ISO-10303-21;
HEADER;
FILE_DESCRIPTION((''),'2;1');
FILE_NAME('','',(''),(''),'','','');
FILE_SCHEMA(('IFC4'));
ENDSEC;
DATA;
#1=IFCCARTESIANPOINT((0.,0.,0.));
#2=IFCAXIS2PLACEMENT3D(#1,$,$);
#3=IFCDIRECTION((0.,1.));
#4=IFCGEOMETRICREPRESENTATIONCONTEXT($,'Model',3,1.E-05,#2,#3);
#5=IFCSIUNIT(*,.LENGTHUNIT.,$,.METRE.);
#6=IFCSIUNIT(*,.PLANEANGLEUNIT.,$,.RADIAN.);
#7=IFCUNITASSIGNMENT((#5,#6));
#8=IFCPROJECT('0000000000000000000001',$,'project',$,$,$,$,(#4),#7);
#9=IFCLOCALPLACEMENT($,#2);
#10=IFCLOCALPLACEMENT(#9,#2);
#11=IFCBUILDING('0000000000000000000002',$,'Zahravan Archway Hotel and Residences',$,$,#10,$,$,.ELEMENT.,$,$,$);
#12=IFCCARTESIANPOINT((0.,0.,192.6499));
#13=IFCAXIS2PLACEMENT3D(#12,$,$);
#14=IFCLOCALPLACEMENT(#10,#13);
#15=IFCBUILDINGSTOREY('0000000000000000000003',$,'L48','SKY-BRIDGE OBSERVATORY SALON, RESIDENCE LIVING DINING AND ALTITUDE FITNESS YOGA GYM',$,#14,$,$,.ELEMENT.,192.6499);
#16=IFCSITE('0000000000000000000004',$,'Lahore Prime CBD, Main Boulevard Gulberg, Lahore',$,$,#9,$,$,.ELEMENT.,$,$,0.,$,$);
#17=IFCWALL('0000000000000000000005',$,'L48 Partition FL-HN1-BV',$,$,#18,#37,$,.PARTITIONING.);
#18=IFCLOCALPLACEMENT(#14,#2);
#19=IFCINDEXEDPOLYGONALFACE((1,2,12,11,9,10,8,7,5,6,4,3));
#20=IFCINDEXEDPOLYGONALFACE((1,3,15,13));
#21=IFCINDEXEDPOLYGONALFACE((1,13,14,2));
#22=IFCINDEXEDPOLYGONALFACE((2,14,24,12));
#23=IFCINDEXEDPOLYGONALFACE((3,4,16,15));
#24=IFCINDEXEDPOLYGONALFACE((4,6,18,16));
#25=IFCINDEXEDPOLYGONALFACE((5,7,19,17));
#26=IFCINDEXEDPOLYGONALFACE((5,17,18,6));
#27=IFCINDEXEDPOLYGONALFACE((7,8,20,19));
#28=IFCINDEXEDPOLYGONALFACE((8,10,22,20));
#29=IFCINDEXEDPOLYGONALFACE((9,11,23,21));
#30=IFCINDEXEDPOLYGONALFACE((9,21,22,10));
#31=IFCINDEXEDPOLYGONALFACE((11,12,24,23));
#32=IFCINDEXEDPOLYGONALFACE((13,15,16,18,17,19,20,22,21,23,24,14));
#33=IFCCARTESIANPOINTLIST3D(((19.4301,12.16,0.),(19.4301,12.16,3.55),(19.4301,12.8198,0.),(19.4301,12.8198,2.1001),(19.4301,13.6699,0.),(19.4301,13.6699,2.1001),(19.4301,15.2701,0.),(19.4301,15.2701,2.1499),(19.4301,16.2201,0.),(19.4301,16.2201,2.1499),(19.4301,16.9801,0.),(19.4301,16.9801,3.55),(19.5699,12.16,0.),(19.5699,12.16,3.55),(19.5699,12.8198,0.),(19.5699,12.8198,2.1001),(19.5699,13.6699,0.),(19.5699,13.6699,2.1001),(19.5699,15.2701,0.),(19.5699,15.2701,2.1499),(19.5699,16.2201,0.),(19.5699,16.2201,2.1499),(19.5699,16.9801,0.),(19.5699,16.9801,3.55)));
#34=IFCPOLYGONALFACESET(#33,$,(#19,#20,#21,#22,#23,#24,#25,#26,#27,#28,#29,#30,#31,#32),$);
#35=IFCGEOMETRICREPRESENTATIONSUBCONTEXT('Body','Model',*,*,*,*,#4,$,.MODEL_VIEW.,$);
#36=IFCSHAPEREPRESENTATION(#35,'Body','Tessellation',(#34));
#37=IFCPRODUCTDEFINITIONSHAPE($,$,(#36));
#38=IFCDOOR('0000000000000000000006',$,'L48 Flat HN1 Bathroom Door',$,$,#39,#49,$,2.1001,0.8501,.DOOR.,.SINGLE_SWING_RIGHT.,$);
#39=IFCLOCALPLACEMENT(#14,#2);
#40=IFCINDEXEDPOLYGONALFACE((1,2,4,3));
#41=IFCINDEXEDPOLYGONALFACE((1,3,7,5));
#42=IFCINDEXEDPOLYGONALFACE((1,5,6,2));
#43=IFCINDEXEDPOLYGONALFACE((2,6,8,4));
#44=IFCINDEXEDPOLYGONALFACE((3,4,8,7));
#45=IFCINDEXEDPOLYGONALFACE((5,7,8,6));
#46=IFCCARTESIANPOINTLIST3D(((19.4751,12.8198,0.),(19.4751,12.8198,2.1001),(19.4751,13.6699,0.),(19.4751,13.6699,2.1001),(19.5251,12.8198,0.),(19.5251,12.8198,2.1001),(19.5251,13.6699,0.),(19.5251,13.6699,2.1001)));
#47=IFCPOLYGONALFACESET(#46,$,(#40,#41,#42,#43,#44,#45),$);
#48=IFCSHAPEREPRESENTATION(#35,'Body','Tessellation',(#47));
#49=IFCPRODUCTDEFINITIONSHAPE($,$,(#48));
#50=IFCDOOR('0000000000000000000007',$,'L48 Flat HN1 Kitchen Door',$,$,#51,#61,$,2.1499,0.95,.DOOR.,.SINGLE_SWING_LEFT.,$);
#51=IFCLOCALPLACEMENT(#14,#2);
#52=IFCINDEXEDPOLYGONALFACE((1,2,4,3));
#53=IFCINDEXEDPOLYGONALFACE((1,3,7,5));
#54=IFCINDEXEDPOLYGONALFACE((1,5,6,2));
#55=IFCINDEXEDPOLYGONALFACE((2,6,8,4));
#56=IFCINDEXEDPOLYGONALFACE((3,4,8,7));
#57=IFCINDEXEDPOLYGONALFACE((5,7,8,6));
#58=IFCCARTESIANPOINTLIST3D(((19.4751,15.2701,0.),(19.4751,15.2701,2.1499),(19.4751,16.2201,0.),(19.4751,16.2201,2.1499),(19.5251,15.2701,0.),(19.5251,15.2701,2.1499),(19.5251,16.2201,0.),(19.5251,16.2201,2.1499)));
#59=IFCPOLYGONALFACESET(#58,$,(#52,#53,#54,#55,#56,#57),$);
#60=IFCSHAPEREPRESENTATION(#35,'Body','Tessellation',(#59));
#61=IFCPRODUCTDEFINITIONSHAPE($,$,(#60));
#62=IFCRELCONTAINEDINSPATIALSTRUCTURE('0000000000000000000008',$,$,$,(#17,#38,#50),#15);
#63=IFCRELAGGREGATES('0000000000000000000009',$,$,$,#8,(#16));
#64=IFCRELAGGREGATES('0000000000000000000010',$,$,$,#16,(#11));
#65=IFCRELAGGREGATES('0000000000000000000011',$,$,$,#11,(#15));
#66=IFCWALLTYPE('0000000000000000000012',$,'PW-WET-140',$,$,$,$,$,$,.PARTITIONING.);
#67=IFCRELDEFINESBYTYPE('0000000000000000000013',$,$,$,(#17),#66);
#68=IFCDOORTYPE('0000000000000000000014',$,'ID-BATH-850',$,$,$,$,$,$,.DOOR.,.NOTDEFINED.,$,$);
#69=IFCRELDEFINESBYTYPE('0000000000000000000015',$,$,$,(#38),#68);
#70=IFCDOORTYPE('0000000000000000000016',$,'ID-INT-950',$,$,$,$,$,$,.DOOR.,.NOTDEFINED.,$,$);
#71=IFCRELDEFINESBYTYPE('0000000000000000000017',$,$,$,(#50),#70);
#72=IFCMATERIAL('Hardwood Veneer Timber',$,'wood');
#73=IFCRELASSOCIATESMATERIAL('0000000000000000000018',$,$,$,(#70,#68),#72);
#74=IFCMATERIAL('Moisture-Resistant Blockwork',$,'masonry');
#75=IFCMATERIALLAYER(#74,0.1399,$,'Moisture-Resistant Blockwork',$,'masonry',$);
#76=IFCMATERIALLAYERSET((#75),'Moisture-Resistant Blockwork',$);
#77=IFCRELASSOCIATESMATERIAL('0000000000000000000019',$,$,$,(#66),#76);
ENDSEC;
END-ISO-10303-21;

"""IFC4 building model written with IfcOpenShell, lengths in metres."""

from ifc_helpers import new_model, si_unit, direction, frame, frame_2d, origin, place, context, subcontext, project, spatial, rectangle, extrude, source, transform, mapped, material, layer, layer_set, type_object, type_shapes, element, fill, save


model = new_model("IFC4")

# Units and contexts
model_context = context("Model", 3, precision=1e-05, world=origin(), true_north=direction((0.0, 1.0)))
body_context = subcontext(model_context, "Body", "Model", "MODEL_VIEW")
ifc_project = project(units=[si_unit("LENGTHUNIT", "METRE"), si_unit("PLANEANGLEUNIT", "RADIAN")], contexts=[model_context])

# Site, building, storey
site_placement = place(None, origin())
site = spatial("IfcSite", under=ifc_project, at=site_placement, Name="Lahore Prime CBD, Main Boulevard Gulberg, Lahore", CompositionType="ELEMENT", RefElevation=0.0)
building_placement = place(site_placement, origin())
building = spatial("IfcBuilding", under=site, at=building_placement, Name="Zahravan Archway Hotel and Residences", CompositionType="ELEMENT")
storey_placement = place(building_placement, frame((0.0, 0.0, 192.6499)))
storey = spatial("IfcBuildingStorey", under=building, at=storey_placement, Name="L48", Description="SKY-BRIDGE OBSERVATORY SALON, RESIDENCE LIVING DINING AND ALTITUDE FITNESS YOGA GYM", CompositionType="ELEMENT", Elevation=192.6499)

# Shared definitions
ifc_material_1 = material(Name="Hardwood Veneer Timber", Category="wood")

# Shared definitions
door_type_1 = type_object("IfcDoorType", Name="ID-INT-950", OperationType="NOTDEFINED", PredefinedType="DOOR", material=ifc_material_1)
shared_shape_1 = source(origin(), body_context, "Body", "SweptSolid", [
    extrude(rectangle(XDim=0.95, YDim=2.1499, at=frame_2d((0.4751, 1.075))), frame((0.0, 0.0249, 0.0), z_axis=(0.0, -1.0, 0.0), x_axis=(1.0, 0.0, 0.0)), (0.0, 0.0, 1.0), 0.05),
])
type_shapes(door_type_1, [shared_shape_1])

# Shared definitions
ifc_material_2 = material(Name="Moisture-Resistant Blockwork", Category="masonry")
ifc_layer_1 = layer(ifc_material_2, 0.1399, Name="Moisture-Resistant Blockwork", Category="masonry")
ifc_layer_set_1 = layer_set([ifc_layer_1], Name="Moisture-Resistant Blockwork")
wall_type_1 = type_object("IfcWallType", Name="PW-WET-140", PredefinedType="PARTITIONING", material=ifc_layer_set_1)

# Wall, openings, doors
wall_1_placement = place(storey_placement, frame((19.5, 12.1599, 0.0), z_axis=(0.0, 0.0, 1.0), x_axis=(0.0, 1.0, 0.0)))
wall_1 = element("IfcWall", 1, at=wall_1_placement, inside=storey, type_object=wall_type_1, Name="L48 Partition FL-HN1-BV", PredefinedType="PARTITIONING", context=body_context, shape_type="SweptSolid", body=[
    extrude(rectangle(XDim=4.8201, YDim=0.1399, at=frame_2d((2.4102, 0.0))), origin(), (0.0, 0.0, 1.0), 3.55),
])
opening_1_placement = place(wall_1_placement, frame((0.6599, 0.0, 0.0)))
opening_1 = element("IfcOpeningElement", 2, at=opening_1_placement, cuts=wall_1, PredefinedType="OPENING", context=body_context, shape_type="SweptSolid", body=[
    extrude(rectangle(XDim=0.8501, YDim=2.1001, at=frame_2d((0.425, 1.05))), frame((0.0, 0.0801, 0.0), z_axis=(0.0, -1.0, 0.0), x_axis=(1.0, 0.0, 0.0)), (0.0, 0.0, 1.0), 0.1599),
])
opening_2_placement = place(wall_1_placement, frame((3.1101, 0.0, 0.0)))
opening_2 = element("IfcOpeningElement", 3, at=opening_2_placement, cuts=wall_1, PredefinedType="OPENING", context=body_context, shape_type="SweptSolid", body=[
    extrude(rectangle(XDim=0.95, YDim=2.1499, at=frame_2d((0.4751, 1.075))), frame((0.0, 0.0801, 0.0), z_axis=(0.0, -1.0, 0.0), x_axis=(1.0, 0.0, 0.0)), (0.0, 0.0, 1.0), 0.1599),
])
door_type_2 = type_object("IfcDoorType", Name="ID-BATH-850", OperationType="NOTDEFINED", PredefinedType="DOOR", material=ifc_material_1)
shared_shape_2 = source(origin(), body_context, "Body", "SweptSolid", [
    extrude(rectangle(XDim=0.8501, YDim=2.1001, at=frame_2d((0.425, 1.05))), frame((0.0, 0.0249, 0.0), z_axis=(0.0, -1.0, 0.0), x_axis=(1.0, 0.0, 0.0)), (0.0, 0.0, 1.0), 0.05),
])
type_shapes(door_type_2, [shared_shape_2])
door_1_placement = place(opening_1_placement, origin())
door_1 = element("IfcDoor", 4, at=door_1_placement, inside=storey, type_object=door_type_2, Name="L48 Flat HN1 Bathroom Door", OperationType="SINGLE_SWING_RIGHT", OverallHeight=2.1001, OverallWidth=0.8501, PredefinedType="DOOR", context=body_context, shape_type="MappedRepresentation", body=[
    mapped(shared_shape_2, transform((0.0, 0.0, 0.0), scale=1.0)),
])
fill(opening_1, door_1)
door_2_placement = place(opening_2_placement, origin())
door_2 = element("IfcDoor", 5, at=door_2_placement, inside=storey, type_object=door_type_1, Name="L48 Flat HN1 Kitchen Door", OperationType="SINGLE_SWING_LEFT", OverallHeight=2.1499, OverallWidth=0.95, PredefinedType="DOOR", context=body_context, shape_type="MappedRepresentation", body=[
    mapped(shared_shape_1, transform((0.0, 0.0, 0.0), scale=1.0)),
])
fill(opening_2, door_2)

save(model, "model.ifc")
